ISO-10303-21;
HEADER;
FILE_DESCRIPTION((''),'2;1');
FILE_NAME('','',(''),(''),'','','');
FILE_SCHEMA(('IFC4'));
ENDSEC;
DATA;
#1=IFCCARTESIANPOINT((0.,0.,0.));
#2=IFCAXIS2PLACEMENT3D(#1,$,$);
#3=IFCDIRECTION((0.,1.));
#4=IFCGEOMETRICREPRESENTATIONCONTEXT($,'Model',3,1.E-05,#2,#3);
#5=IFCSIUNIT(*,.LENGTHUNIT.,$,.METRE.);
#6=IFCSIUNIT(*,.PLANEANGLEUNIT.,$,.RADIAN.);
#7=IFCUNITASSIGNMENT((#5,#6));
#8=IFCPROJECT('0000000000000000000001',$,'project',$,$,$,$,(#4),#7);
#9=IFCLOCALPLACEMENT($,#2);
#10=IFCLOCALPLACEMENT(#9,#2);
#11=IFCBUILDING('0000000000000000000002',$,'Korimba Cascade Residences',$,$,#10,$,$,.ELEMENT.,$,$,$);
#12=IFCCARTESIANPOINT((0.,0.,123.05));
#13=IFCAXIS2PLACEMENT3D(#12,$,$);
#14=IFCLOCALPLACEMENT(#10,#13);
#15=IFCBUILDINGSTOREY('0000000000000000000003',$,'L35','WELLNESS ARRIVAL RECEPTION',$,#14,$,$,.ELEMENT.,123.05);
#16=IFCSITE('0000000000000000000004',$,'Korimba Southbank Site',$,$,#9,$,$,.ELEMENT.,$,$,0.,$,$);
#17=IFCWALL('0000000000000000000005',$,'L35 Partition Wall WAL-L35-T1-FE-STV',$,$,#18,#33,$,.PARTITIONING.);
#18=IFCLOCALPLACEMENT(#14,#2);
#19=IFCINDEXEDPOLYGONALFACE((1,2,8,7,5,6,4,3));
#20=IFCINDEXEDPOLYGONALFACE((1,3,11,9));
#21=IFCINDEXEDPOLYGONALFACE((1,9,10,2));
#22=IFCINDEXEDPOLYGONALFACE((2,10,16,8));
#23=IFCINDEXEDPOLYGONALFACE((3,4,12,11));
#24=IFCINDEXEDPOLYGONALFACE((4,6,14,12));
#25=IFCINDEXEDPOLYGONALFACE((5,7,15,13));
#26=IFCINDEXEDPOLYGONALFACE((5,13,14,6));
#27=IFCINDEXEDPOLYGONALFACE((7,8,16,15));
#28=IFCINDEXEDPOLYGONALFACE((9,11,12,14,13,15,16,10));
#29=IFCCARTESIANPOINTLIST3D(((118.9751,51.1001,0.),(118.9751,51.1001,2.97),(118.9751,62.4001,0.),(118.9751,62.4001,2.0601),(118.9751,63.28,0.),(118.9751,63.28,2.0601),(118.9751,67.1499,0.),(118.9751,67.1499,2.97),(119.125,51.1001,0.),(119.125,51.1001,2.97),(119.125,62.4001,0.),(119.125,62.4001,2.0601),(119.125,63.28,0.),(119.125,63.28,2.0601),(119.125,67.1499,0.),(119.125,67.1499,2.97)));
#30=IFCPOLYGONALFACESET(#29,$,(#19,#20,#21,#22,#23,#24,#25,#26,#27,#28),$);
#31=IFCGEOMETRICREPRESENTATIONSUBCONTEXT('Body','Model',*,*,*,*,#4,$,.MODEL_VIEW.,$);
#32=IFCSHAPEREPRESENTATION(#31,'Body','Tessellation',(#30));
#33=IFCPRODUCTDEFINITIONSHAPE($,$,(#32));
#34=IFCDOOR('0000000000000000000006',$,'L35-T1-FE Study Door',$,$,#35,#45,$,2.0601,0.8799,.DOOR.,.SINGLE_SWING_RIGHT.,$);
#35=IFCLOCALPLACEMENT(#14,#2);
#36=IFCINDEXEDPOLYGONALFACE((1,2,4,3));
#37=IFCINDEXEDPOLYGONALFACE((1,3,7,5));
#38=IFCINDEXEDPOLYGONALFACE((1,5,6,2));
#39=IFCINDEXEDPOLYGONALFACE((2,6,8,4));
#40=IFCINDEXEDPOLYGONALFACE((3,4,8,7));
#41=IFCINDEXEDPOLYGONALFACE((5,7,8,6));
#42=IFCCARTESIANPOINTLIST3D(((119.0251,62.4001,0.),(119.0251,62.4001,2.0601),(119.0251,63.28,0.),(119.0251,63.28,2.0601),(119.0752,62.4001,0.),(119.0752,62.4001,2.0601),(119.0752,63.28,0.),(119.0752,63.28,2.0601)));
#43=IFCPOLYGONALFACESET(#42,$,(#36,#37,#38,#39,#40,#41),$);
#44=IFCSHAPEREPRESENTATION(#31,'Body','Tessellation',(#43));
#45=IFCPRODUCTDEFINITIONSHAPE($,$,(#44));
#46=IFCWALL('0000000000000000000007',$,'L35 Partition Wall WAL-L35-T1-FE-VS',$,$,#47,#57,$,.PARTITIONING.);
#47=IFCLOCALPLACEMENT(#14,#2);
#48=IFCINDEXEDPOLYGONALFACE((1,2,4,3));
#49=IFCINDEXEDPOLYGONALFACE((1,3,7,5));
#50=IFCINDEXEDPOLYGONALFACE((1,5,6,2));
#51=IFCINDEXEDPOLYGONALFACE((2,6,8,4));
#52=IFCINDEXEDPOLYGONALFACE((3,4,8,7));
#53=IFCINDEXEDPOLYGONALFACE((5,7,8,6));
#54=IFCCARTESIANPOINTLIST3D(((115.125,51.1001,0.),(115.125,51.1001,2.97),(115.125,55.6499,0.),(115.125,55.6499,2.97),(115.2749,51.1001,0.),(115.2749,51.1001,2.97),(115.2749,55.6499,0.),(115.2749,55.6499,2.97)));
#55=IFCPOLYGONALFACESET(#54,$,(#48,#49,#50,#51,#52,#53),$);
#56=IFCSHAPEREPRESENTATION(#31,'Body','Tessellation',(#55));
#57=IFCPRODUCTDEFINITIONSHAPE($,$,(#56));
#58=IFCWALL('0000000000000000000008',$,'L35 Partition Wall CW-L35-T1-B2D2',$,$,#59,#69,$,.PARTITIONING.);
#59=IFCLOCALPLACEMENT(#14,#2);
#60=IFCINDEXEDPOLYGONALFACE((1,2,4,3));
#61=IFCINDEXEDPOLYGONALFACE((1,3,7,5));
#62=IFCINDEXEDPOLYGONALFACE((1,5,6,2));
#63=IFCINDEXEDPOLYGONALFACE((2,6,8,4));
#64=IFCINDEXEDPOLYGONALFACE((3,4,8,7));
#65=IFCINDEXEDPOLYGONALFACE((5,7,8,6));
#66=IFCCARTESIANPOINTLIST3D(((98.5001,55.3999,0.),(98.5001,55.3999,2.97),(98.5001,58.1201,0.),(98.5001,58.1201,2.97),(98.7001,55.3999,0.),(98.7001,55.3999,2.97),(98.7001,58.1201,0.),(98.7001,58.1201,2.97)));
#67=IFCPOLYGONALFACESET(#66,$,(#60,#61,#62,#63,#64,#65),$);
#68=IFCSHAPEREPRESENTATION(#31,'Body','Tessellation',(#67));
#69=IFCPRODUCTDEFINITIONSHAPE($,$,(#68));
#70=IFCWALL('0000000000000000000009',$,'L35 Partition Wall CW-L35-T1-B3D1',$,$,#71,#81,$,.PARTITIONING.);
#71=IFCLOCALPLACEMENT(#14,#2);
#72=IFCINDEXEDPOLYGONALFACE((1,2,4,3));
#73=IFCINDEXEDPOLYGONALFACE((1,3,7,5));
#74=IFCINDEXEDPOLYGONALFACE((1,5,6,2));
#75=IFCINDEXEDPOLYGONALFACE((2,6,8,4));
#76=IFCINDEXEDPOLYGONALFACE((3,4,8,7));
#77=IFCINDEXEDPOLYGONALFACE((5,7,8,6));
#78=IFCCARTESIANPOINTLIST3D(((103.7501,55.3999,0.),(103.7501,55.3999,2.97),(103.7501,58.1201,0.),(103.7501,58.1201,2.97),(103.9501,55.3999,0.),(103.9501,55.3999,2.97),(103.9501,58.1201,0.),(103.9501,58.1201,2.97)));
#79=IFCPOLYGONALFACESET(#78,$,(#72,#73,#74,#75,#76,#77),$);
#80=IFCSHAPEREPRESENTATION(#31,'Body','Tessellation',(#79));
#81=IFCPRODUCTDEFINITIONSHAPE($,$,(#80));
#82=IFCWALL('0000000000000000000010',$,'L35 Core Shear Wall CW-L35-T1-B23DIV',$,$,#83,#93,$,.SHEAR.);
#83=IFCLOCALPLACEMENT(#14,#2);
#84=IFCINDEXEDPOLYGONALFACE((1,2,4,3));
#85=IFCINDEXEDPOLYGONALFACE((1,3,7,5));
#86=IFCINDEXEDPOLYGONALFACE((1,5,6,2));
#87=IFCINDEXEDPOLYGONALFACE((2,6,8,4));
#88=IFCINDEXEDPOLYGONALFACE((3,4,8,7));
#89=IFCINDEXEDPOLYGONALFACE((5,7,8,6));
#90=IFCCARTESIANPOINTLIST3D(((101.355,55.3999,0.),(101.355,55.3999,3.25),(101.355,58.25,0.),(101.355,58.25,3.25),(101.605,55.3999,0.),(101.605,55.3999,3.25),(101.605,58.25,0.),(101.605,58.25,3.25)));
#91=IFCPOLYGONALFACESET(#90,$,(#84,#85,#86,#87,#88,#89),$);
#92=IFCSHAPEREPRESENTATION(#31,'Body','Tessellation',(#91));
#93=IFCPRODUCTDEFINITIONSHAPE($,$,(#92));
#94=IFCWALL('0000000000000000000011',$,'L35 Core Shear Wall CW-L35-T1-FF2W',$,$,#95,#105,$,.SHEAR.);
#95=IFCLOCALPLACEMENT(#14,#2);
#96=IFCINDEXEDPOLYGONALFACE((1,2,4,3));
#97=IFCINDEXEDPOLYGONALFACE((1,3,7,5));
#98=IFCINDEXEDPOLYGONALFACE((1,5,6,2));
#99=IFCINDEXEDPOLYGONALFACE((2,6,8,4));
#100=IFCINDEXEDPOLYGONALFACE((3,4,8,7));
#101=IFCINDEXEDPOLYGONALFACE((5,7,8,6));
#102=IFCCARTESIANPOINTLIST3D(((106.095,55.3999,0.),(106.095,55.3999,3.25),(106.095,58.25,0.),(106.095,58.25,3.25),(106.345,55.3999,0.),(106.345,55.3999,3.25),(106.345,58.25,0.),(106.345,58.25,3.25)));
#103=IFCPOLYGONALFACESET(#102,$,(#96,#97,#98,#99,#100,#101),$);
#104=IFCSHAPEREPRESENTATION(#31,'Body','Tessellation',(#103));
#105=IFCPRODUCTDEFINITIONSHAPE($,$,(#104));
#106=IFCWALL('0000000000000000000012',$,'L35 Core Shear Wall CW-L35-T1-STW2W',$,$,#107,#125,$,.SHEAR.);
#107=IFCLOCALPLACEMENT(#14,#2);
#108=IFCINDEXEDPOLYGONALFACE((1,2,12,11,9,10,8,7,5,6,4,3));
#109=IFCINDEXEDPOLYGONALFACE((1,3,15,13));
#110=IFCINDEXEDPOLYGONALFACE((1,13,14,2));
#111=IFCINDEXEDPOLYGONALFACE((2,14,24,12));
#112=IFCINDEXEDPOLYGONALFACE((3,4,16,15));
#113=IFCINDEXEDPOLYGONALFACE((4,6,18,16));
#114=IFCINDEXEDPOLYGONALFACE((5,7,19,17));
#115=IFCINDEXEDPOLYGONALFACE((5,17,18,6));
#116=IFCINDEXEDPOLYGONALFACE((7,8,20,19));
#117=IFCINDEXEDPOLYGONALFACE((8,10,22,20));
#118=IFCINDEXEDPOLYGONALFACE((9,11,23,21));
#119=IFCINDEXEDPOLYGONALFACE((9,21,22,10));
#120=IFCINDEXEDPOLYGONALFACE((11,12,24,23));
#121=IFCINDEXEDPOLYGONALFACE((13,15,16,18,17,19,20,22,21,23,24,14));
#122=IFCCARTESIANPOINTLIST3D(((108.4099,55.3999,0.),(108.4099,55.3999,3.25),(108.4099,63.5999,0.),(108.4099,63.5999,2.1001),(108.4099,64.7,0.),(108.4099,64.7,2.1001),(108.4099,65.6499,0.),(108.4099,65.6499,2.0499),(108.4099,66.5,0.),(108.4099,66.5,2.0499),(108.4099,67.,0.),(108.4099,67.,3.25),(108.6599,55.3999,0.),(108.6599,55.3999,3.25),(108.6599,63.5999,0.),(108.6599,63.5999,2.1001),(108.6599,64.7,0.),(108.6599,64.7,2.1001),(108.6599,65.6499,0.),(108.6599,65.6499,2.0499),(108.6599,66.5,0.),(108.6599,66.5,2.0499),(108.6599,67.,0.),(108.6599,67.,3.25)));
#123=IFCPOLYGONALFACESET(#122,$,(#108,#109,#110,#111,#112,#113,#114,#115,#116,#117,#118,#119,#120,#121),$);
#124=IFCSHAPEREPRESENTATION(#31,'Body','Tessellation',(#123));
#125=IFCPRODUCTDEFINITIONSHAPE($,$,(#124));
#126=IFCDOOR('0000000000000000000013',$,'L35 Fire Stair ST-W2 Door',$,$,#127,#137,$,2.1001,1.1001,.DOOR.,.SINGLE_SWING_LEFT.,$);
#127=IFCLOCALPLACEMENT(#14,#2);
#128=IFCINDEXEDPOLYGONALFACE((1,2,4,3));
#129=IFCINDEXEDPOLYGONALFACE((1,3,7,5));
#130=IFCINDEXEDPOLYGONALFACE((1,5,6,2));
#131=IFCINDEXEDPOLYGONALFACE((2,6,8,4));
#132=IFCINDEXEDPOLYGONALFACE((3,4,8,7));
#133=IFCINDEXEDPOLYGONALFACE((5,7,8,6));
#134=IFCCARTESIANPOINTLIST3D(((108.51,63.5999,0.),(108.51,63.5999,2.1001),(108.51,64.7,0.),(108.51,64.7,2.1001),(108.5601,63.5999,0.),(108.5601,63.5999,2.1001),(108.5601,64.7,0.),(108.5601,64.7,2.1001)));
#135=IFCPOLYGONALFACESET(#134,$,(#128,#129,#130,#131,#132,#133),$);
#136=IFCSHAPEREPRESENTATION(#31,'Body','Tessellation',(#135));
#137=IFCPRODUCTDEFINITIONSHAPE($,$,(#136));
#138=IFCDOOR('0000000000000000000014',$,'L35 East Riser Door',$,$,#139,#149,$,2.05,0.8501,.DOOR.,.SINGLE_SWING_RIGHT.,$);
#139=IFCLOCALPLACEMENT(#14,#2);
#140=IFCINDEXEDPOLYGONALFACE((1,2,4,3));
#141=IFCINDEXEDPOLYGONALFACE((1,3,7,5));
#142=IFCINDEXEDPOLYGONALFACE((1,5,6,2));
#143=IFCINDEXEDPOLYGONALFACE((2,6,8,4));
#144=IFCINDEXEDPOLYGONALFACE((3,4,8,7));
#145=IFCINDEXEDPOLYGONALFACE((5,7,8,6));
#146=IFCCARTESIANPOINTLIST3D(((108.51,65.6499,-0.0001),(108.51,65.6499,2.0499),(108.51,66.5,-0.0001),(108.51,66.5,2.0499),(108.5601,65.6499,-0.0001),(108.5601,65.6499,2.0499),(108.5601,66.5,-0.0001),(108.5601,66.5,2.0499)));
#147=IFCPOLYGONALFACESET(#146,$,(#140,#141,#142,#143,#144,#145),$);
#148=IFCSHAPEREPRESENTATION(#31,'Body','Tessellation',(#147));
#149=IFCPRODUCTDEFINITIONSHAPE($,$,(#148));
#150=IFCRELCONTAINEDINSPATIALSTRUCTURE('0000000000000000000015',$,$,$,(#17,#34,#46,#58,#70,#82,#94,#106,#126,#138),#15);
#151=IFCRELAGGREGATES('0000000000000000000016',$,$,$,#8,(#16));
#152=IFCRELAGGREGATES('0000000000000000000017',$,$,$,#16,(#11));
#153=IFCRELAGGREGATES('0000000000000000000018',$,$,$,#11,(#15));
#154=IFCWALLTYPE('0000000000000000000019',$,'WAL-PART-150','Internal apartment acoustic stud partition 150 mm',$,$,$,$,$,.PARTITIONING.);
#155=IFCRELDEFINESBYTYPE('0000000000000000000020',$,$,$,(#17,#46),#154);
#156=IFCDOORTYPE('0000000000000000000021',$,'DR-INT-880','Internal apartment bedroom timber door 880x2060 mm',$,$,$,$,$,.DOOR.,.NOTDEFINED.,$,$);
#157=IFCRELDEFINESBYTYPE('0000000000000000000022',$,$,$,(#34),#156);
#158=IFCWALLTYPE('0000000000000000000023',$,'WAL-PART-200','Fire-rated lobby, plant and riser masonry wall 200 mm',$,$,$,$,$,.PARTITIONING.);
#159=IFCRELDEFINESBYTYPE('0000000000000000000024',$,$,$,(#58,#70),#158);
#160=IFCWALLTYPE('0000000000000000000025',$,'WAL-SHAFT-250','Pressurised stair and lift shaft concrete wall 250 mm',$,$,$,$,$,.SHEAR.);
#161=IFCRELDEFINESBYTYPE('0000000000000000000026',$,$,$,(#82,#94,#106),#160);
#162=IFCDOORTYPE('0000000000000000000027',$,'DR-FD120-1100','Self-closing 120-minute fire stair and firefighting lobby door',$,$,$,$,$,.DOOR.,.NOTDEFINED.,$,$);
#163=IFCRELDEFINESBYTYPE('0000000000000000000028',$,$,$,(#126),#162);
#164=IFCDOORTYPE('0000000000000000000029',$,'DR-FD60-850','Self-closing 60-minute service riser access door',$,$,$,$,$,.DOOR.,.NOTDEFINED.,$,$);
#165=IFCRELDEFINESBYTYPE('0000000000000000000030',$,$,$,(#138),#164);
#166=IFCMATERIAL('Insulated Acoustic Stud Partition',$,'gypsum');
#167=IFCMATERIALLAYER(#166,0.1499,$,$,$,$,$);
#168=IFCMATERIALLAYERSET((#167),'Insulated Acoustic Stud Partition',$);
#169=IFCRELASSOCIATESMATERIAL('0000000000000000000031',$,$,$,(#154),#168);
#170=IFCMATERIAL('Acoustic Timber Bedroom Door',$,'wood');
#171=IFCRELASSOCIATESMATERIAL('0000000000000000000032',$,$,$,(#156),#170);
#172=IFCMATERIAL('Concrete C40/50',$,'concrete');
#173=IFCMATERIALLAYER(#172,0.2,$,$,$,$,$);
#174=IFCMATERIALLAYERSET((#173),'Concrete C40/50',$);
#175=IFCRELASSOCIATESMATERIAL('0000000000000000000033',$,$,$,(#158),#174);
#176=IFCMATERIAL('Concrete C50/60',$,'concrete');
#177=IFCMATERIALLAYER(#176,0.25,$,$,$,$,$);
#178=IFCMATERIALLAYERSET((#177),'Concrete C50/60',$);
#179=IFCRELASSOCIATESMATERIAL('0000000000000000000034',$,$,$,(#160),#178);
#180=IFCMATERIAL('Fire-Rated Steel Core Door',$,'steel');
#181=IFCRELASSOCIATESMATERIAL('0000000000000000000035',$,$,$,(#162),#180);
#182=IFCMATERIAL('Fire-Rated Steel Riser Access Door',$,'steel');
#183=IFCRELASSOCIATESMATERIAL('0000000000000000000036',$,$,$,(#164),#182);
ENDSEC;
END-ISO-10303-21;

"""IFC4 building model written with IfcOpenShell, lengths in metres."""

from ifc_helpers import new_model, si_unit, direction, frame, frame_2d, origin, place, context, subcontext, project, spatial, rectangle, extrude, material, layer, layer_set, type_object, element, fill, save


model = new_model("IFC4")

# Units and contexts
model_context = context("Model", 3, precision=1e-05, world=origin(), true_north=direction((0.0, 1.0)))
body_context = subcontext(model_context, "Body", "Model", "MODEL_VIEW")
ifc_project = project(units=[si_unit("LENGTHUNIT", "METRE"), si_unit("PLANEANGLEUNIT", "RADIAN")], contexts=[model_context])

# Site, building, storey
site_placement = place(None, origin())
site = spatial("IfcSite", under=ifc_project, at=site_placement, Name="Korimba Southbank Site", CompositionType="ELEMENT", RefElevation=0.0)
building_placement = place(site_placement, origin())
building = spatial("IfcBuilding", under=site, at=building_placement, Name="Korimba Cascade Residences", CompositionType="ELEMENT")
storey_placement = place(building_placement, frame((0.0, 0.0, 123.05)))
storey = spatial("IfcBuildingStorey", under=building, at=storey_placement, Name="L35", Description="WELLNESS ARRIVAL RECEPTION", CompositionType="ELEMENT", Elevation=123.05)

# Wall, opening, door
ifc_material_1 = material(Name="Insulated Acoustic Stud Partition", Category="gypsum")
ifc_layer_1 = layer(ifc_material_1, 0.1499)
ifc_layer_set_1 = layer_set([ifc_layer_1], Name="Insulated Acoustic Stud Partition")
wall_type_1 = type_object("IfcWallType", Name="WAL-PART-150", Description="Internal apartment acoustic stud partition 150 mm", PredefinedType="PARTITIONING", material=ifc_layer_set_1)
wall_1_placement = place(storey_placement, frame((119.05, 51.1001, 0.0), z_axis=(0.0, 0.0, 1.0), x_axis=(0.0, 1.0, 0.0)))
wall_1 = element("IfcWall", 1, at=wall_1_placement, inside=storey, type_object=wall_type_1, Name="L35 Partition Wall WAL-L35-T1-FE-STV", PredefinedType="PARTITIONING", context=body_context, shape_type="SweptSolid", body=[
    extrude(rectangle(XDim=16.0498, YDim=0.1499, at=frame_2d((8.0249, 0.0))), origin(), (0.0, 0.0, 1.0), 2.97),
])
opening_1_placement = place(wall_1_placement, frame((11.3, 0.0, 0.0)))
opening_1 = element("IfcOpeningElement", 2, at=opening_1_placement, cuts=wall_1, PredefinedType="OPENING", context=body_context, shape_type="SweptSolid", body=[
    extrude(rectangle(XDim=0.8799, YDim=2.0601, at=frame_2d((0.4399, 1.03))), frame((0.0, 0.085, 0.0), z_axis=(0.0, -1.0, 0.0), x_axis=(1.0, 0.0, 0.0)), (0.0, 0.0, 1.0), 0.1699),
])
ifc_material_2 = material(Name="Acoustic Timber Bedroom Door", Category="wood")
door_type_1 = type_object("IfcDoorType", Name="DR-INT-880", Description="Internal apartment bedroom timber door 880x2060 mm", OperationType="NOTDEFINED", PredefinedType="DOOR", material=ifc_material_2)
door_1_placement = place(opening_1_placement, origin())
door_1 = element("IfcDoor", 3, at=door_1_placement, inside=storey, type_object=door_type_1, Name="L35-T1-FE Study Door", OperationType="SINGLE_SWING_RIGHT", OverallHeight=2.0601, OverallWidth=0.8799, PredefinedType="DOOR", context=body_context, shape_type="SweptSolid", body=[
    extrude(rectangle(XDim=0.8799, YDim=2.0601, at=frame_2d((0.4399, 1.03))), frame((0.0, 0.0249, 0.0), z_axis=(0.0, -1.0, 0.0), x_axis=(1.0, 0.0, 0.0)), (0.0, 0.0, 1.0), 0.05),
])
fill(opening_1, door_1)

# Walls
wall_2_placement = place(storey_placement, frame((115.2, 51.1001, 0.0), z_axis=(0.0, 0.0, 1.0), x_axis=(0.0, 1.0, 0.0)))
element("IfcWall", 4, at=wall_2_placement, inside=storey, type_object=wall_type_1, Name="L35 Partition Wall WAL-L35-T1-FE-VS", PredefinedType="PARTITIONING", context=body_context, shape_type="SweptSolid", body=[
    extrude(rectangle(XDim=4.5498, YDim=0.1499, at=frame_2d((2.2749, 0.0))), origin(), (0.0, 0.0, 1.0), 2.97),
])
ifc_material_3 = material(Name="Concrete C40/50", Category="concrete")
ifc_layer_2 = layer(ifc_material_3, 0.2)
ifc_layer_set_2 = layer_set([ifc_layer_2], Name="Concrete C40/50")
wall_type_2 = type_object("IfcWallType", Name="WAL-PART-200", Description="Fire-rated lobby, plant and riser masonry wall 200 mm", PredefinedType="PARTITIONING", material=ifc_layer_set_2)
for number, where, z_axis, x_axis, name in (
    (5, (98.6001, 55.3999, 0.0), (0.0, 0.0, 1.0), (0.0, 1.0, 0.0), "L35 Partition Wall CW-L35-T1-B2D2"),
    (6, (103.8501, 55.3999, 0.0), (0.0, 0.0, 1.0), (0.0, 1.0, 0.0), "L35 Partition Wall CW-L35-T1-B3D1"),
):
    element("IfcWall", number, at=place(storey_placement, frame(where, z_axis=z_axis, x_axis=x_axis)), inside=storey, type_object=wall_type_2, Name=name, PredefinedType="PARTITIONING", context=body_context, shape_type="SweptSolid", body=[
        extrude(rectangle(XDim=2.7202, YDim=0.2, at=frame_2d((1.3601, 0.0))), origin(), (0.0, 0.0, 1.0), 2.97),
    ])
ifc_material_4 = material(Name="Concrete C50/60", Category="concrete")
ifc_layer_3 = layer(ifc_material_4, 0.25)
ifc_layer_set_3 = layer_set([ifc_layer_3], Name="Concrete C50/60")
wall_type_3 = type_object("IfcWallType", Name="WAL-SHAFT-250", Description="Pressurised stair and lift shaft concrete wall 250 mm", PredefinedType="SHEAR", material=ifc_layer_set_3)
for number, where, z_axis, x_axis, name in (
    (7, (101.48, 55.3999, 0.0), (0.0, 0.0, 1.0), (0.0, 1.0, 0.0), "L35 Core Shear Wall CW-L35-T1-B23DIV"),
    (8, (106.22, 55.3999, 0.0), (0.0, 0.0, 1.0), (0.0, 1.0, 0.0), "L35 Core Shear Wall CW-L35-T1-FF2W"),
):
    element("IfcWall", number, at=place(storey_placement, frame(where, z_axis=z_axis, x_axis=x_axis)), inside=storey, type_object=wall_type_3, Name=name, PredefinedType="SHEAR", context=body_context, shape_type="SweptSolid", body=[
        extrude(rectangle(XDim=2.8501, YDim=0.25, at=frame_2d((1.425, 0.0))), origin(), (0.0, 0.0, 1.0), 3.25),
    ])

# Wall, openings, doors
wall_3_placement = place(storey_placement, frame((108.5349, 55.3999, 0.0), z_axis=(0.0, 0.0, 1.0), x_axis=(0.0, 1.0, 0.0)))
wall_3 = element("IfcWall", 9, at=wall_3_placement, inside=storey, type_object=wall_type_3, Name="L35 Core Shear Wall CW-L35-T1-STW2W", PredefinedType="SHEAR", context=body_context, shape_type="SweptSolid", body=[
    extrude(rectangle(XDim=11.6001, YDim=0.25, at=frame_2d((5.8, 0.0))), origin(), (0.0, 0.0, 1.0), 3.25),
])
opening_2_placement = place(wall_3_placement, frame((8.2, 0.0, 0.0)))
opening_2 = element("IfcOpeningElement", 10, at=opening_2_placement, cuts=wall_3, PredefinedType="OPENING", context=body_context, shape_type="SweptSolid", body=[
    extrude(rectangle(XDim=1.1001, YDim=2.1001, at=frame_2d((0.55, 1.05))), frame((0.0, 0.135, 0.0), z_axis=(0.0, -1.0, 0.0), x_axis=(1.0, 0.0, 0.0)), (0.0, 0.0, 1.0), 0.27),
])
opening_3_placement = place(wall_3_placement, frame((10.25, 0.0, 0.0)))
opening_3 = element("IfcOpeningElement", 11, at=opening_3_placement, cuts=wall_3, PredefinedType="OPENING", context=body_context, shape_type="SweptSolid", body=[
    extrude(rectangle(XDim=0.8501, YDim=2.05, at=frame_2d((0.425, 1.0249))), frame((0.0, 0.135, 0.0), z_axis=(0.0, -1.0, 0.0), x_axis=(1.0, 0.0, 0.0)), (0.0, 0.0, 1.0), 0.27),
])
ifc_material_5 = material(Name="Fire-Rated Steel Core Door", Category="steel")
door_type_2 = type_object("IfcDoorType", Name="DR-FD120-1100", Description="Self-closing 120-minute fire stair and firefighting lobby door", OperationType="NOTDEFINED", PredefinedType="DOOR", material=ifc_material_5)
door_2_placement = place(opening_2_placement, origin())
door_2 = element("IfcDoor", 12, at=door_2_placement, inside=storey, type_object=door_type_2, Name="L35 Fire Stair ST-W2 Door", OperationType="SINGLE_SWING_LEFT", OverallHeight=2.1001, OverallWidth=1.1001, PredefinedType="DOOR", context=body_context, shape_type="SweptSolid", body=[
    extrude(rectangle(XDim=1.1001, YDim=2.1001, at=frame_2d((0.55, 1.05))), frame((0.0, 0.0249, 0.0), z_axis=(0.0, -1.0, 0.0), x_axis=(1.0, 0.0, 0.0)), (0.0, 0.0, 1.0), 0.05),
])
fill(opening_2, door_2)
ifc_material_6 = material(Name="Fire-Rated Steel Riser Access Door", Category="steel")
door_type_3 = type_object("IfcDoorType", Name="DR-FD60-850", Description="Self-closing 60-minute service riser access door", OperationType="NOTDEFINED", PredefinedType="DOOR", material=ifc_material_6)
door_3_placement = place(opening_3_placement, origin())
door_3 = element("IfcDoor", 13, at=door_3_placement, inside=storey, type_object=door_type_3, Name="L35 East Riser Door", OperationType="SINGLE_SWING_RIGHT", OverallHeight=2.05, OverallWidth=0.8501, PredefinedType="DOOR", context=body_context, shape_type="SweptSolid", body=[
    extrude(rectangle(XDim=0.8501, YDim=2.05, at=frame_2d((0.425, 1.0249))), frame((0.0, 0.0249, 0.0), z_axis=(0.0, -1.0, 0.0), x_axis=(1.0, 0.0, 0.0)), (0.0, 0.0, 1.0), 0.05),
])
fill(opening_3, door_3)

save(model, "model.ifc")
